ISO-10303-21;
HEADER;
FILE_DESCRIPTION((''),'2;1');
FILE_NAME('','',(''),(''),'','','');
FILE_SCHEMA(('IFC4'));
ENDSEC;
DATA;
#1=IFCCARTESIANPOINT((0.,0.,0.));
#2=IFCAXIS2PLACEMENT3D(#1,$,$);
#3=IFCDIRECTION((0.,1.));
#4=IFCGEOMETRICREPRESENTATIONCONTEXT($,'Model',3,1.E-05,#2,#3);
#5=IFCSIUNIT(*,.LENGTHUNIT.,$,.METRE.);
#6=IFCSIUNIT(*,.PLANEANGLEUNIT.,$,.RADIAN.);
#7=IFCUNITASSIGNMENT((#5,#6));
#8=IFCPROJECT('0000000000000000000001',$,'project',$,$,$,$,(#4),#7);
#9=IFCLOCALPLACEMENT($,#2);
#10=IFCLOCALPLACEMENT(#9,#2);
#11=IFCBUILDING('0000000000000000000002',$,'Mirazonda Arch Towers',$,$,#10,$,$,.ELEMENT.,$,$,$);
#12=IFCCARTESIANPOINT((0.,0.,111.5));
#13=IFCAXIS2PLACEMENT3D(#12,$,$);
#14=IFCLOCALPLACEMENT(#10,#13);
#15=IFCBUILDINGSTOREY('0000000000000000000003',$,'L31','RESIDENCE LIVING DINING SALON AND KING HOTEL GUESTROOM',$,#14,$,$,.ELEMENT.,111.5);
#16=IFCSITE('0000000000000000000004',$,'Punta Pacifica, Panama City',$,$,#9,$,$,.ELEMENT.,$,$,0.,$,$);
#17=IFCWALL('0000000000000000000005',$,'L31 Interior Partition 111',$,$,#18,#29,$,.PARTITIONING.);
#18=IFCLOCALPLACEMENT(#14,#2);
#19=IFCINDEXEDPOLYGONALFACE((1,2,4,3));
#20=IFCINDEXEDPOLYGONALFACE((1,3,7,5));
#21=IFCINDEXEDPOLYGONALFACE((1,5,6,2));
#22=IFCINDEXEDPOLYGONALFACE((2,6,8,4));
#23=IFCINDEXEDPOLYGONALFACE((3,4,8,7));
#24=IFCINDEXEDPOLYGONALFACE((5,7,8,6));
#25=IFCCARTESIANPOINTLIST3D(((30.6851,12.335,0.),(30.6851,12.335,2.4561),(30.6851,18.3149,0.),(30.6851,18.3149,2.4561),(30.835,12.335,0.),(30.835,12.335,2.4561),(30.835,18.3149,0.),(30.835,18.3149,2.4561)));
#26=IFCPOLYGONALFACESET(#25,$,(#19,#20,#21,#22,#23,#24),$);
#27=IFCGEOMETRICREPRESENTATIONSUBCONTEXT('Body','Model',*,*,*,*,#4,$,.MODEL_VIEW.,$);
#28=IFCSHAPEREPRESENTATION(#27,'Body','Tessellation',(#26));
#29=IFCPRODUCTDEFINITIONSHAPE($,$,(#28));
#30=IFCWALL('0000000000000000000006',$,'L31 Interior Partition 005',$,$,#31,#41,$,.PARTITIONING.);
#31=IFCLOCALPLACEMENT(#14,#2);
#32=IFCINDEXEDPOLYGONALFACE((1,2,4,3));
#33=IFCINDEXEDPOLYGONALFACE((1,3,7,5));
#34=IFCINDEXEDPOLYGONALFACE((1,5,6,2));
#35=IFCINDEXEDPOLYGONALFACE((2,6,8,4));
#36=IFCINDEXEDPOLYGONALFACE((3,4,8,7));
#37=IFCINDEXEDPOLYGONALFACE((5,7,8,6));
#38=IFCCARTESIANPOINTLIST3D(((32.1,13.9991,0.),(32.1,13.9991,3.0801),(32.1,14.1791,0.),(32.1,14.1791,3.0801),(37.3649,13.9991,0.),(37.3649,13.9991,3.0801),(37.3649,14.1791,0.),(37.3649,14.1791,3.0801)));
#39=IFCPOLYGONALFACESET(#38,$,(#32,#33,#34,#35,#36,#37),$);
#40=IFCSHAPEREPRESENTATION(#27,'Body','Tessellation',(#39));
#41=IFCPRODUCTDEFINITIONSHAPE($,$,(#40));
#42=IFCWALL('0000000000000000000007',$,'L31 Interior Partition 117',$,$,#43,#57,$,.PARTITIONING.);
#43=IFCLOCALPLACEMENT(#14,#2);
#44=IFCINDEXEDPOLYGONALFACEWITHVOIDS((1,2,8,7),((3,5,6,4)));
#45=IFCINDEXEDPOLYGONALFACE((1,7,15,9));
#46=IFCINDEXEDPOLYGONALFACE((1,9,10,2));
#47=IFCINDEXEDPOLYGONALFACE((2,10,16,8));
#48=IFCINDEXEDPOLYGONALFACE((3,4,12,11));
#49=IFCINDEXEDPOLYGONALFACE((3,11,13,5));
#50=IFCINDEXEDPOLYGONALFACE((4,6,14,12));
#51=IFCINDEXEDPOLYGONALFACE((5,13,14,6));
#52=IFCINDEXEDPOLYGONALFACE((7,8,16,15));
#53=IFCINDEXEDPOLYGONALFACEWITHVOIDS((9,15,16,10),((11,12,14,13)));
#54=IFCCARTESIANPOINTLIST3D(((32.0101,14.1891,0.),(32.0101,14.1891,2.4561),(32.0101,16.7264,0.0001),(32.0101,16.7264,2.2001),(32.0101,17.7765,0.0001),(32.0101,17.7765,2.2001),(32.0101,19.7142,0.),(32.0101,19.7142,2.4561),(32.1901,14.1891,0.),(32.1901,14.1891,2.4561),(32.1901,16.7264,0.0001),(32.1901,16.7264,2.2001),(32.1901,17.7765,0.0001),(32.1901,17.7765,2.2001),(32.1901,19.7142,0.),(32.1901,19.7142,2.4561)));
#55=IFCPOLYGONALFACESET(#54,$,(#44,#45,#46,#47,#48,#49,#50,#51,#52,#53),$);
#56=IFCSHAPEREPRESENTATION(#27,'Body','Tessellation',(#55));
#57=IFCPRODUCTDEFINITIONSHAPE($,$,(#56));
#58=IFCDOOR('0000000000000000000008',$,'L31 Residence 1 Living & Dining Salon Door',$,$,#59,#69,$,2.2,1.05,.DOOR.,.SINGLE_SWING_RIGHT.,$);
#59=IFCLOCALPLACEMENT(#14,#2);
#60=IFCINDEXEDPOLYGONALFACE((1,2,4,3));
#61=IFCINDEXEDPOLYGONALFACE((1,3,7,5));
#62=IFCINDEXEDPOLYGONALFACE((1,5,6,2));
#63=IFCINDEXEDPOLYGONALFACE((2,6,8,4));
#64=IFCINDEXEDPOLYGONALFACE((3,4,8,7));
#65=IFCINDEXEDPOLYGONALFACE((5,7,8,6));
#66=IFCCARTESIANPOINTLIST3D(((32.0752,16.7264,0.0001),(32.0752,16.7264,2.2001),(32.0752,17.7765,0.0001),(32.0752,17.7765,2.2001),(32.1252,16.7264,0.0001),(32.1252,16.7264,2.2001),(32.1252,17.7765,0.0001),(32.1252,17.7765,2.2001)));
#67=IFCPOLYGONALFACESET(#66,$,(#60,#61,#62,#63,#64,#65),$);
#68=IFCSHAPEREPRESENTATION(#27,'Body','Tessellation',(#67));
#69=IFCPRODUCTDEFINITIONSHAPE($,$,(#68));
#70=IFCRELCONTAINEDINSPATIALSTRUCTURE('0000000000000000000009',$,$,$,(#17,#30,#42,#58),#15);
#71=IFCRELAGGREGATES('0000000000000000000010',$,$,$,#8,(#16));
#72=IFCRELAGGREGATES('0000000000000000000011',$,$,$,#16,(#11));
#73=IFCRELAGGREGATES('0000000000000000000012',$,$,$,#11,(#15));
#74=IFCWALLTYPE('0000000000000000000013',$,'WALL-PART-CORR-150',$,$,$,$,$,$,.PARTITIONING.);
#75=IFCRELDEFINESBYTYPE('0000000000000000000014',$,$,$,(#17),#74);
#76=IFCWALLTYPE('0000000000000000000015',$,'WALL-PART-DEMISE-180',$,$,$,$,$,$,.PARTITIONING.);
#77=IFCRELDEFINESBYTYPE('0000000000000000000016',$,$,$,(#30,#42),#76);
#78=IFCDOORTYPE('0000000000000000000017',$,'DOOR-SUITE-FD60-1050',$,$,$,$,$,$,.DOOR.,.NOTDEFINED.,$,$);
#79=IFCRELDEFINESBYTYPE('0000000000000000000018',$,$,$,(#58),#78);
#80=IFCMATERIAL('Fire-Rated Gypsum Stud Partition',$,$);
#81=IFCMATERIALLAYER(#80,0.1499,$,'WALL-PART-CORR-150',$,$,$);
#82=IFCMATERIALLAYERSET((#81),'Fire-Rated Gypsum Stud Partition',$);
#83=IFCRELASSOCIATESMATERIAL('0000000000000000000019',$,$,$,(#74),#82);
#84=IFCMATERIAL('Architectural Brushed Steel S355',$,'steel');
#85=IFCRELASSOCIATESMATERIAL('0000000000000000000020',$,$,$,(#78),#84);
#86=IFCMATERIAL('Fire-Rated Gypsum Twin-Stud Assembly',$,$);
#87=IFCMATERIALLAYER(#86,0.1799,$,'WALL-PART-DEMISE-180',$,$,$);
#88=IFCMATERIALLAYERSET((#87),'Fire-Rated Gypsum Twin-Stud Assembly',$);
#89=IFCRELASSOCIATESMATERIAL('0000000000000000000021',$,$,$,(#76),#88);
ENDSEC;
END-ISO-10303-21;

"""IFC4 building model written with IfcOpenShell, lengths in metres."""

from ifc_helpers import new_model, si_unit, direction, frame, frame_2d, origin, place, context, subcontext, project, spatial, rectangle, extrude, material, layer, layer_set, type_object, element, fill, save


model = new_model("IFC4")

# Units and contexts
model_context = context("Model", 3, precision=1e-05, world=origin(), true_north=direction((0.0, 1.0)))
body_context = subcontext(model_context, "Body", "Model", "MODEL_VIEW")
ifc_project = project(units=[si_unit("LENGTHUNIT", "METRE"), si_unit("PLANEANGLEUNIT", "RADIAN")], contexts=[model_context])

# Site, building, storey
site_placement = place(None, origin())
site = spatial("IfcSite", under=ifc_project, at=site_placement, Name="Punta Pacifica, Panama City", CompositionType="ELEMENT", RefElevation=0.0)
building_placement = place(site_placement, origin())
building = spatial("IfcBuilding", under=site, at=building_placement, Name="Mirazonda Arch Towers", CompositionType="ELEMENT")
storey_placement = place(building_placement, frame((0.0, 0.0, 111.5)))
storey = spatial("IfcBuildingStorey", under=building, at=storey_placement, Name="L31", Description="RESIDENCE LIVING DINING SALON AND KING HOTEL GUESTROOM", CompositionType="ELEMENT", Elevation=111.5)

# Shared definitions
ifc_material_1 = material(Name="Fire-Rated Gypsum Stud Partition")
ifc_layer_1 = layer(ifc_material_1, 0.1499, Name="WALL-PART-CORR-150")
ifc_layer_set_1 = layer_set([ifc_layer_1], Name="Fire-Rated Gypsum Stud Partition")
wall_type_1 = type_object("IfcWallType", Name="WALL-PART-CORR-150", PredefinedType="PARTITIONING", material=ifc_layer_set_1)

# Shared definitions
ifc_material_2 = material(Name="Architectural Brushed Steel S355", Category="steel")
door_type_1 = type_object("IfcDoorType", Name="DOOR-SUITE-FD60-1050", OperationType="NOTDEFINED", PredefinedType="DOOR", material=ifc_material_2)

# Walls
wall_1_placement = place(storey_placement, frame((30.76, 12.335, 0.0), z_axis=(0.0, 0.0, 1.0), x_axis=(0.0, 1.0, 0.0)))
element("IfcWall", 1, at=wall_1_placement, inside=storey, type_object=wall_type_1, Name="L31 Interior Partition 111", PredefinedType="PARTITIONING", context=body_context, shape_type="SweptSolid", body=[
    extrude(rectangle(XDim=5.98, YDim=0.1499, at=frame_2d((2.99, 0.0))), origin(), (0.0, 0.0, 1.0), 2.4561),
])
ifc_material_3 = material(Name="Fire-Rated Gypsum Twin-Stud Assembly")
ifc_layer_2 = layer(ifc_material_3, 0.1799, Name="WALL-PART-DEMISE-180")
ifc_layer_set_2 = layer_set([ifc_layer_2], Name="Fire-Rated Gypsum Twin-Stud Assembly")
wall_type_2 = type_object("IfcWallType", Name="WALL-PART-DEMISE-180", PredefinedType="PARTITIONING", material=ifc_layer_set_2)
wall_2_placement = place(storey_placement, frame((32.1001, 14.0891, 0.0), z_axis=(0.0, 0.0, 1.0), x_axis=(1.0, 0.0, 0.0)))
element("IfcWall", 2, at=wall_2_placement, inside=storey, type_object=wall_type_2, Name="L31 Interior Partition 005", PredefinedType="PARTITIONING", context=body_context, shape_type="SweptSolid", body=[
    extrude(rectangle(XDim=5.2649, YDim=0.1799, at=frame_2d((2.6323, 0.0))), origin(), (0.0, 0.0, 1.0), 3.0801),
])

# Wall, opening, door
wall_3_placement = place(storey_placement, frame((32.1001, 14.189, 0.0), z_axis=(0.0, 0.0, 1.0), x_axis=(0.0, 1.0, 0.0)))
wall_3 = element("IfcWall", 3, at=wall_3_placement, inside=storey, type_object=wall_type_2, Name="L31 Interior Partition 117", PredefinedType="PARTITIONING", context=body_context, shape_type="SweptSolid", body=[
    extrude(rectangle(XDim=5.5251, YDim=0.1799, at=frame_2d((2.7627, 0.0))), origin(), (0.0, 0.0, 1.0), 2.4561),
])
opening_1_placement = place(wall_3_placement, frame((2.5376, 0.0, 0.0)))
opening_1 = element("IfcOpeningElement", 4, at=opening_1_placement, cuts=wall_3, PredefinedType="OPENING", context=body_context, shape_type="SweptSolid", body=[
    extrude(rectangle(XDim=1.05, YDim=2.2, at=frame_2d((0.5249, 1.1001))), frame((0.0, 0.0999, 0.0), z_axis=(0.0, -1.0, 0.0), x_axis=(1.0, 0.0, 0.0)), (0.0, 0.0, 1.0), 0.2),
])
door_1_placement = place(opening_1_placement, origin())
door_1 = element("IfcDoor", 5, at=door_1_placement, inside=storey, type_object=door_type_1, Name="L31 Residence 1 Living & Dining Salon Door", OperationType="SINGLE_SWING_RIGHT", OverallHeight=2.2, OverallWidth=1.05, PredefinedType="DOOR", context=body_context, shape_type="SweptSolid", body=[
    extrude(rectangle(XDim=1.05, YDim=2.2, at=frame_2d((0.5249, 1.1001))), frame((0.0, 0.0249, 0.0), z_axis=(0.0, -1.0, 0.0), x_axis=(1.0, 0.0, 0.0)), (0.0, 0.0, 1.0), 0.05),
])
fill(opening_1, door_1)

save(model, "model.ifc")
